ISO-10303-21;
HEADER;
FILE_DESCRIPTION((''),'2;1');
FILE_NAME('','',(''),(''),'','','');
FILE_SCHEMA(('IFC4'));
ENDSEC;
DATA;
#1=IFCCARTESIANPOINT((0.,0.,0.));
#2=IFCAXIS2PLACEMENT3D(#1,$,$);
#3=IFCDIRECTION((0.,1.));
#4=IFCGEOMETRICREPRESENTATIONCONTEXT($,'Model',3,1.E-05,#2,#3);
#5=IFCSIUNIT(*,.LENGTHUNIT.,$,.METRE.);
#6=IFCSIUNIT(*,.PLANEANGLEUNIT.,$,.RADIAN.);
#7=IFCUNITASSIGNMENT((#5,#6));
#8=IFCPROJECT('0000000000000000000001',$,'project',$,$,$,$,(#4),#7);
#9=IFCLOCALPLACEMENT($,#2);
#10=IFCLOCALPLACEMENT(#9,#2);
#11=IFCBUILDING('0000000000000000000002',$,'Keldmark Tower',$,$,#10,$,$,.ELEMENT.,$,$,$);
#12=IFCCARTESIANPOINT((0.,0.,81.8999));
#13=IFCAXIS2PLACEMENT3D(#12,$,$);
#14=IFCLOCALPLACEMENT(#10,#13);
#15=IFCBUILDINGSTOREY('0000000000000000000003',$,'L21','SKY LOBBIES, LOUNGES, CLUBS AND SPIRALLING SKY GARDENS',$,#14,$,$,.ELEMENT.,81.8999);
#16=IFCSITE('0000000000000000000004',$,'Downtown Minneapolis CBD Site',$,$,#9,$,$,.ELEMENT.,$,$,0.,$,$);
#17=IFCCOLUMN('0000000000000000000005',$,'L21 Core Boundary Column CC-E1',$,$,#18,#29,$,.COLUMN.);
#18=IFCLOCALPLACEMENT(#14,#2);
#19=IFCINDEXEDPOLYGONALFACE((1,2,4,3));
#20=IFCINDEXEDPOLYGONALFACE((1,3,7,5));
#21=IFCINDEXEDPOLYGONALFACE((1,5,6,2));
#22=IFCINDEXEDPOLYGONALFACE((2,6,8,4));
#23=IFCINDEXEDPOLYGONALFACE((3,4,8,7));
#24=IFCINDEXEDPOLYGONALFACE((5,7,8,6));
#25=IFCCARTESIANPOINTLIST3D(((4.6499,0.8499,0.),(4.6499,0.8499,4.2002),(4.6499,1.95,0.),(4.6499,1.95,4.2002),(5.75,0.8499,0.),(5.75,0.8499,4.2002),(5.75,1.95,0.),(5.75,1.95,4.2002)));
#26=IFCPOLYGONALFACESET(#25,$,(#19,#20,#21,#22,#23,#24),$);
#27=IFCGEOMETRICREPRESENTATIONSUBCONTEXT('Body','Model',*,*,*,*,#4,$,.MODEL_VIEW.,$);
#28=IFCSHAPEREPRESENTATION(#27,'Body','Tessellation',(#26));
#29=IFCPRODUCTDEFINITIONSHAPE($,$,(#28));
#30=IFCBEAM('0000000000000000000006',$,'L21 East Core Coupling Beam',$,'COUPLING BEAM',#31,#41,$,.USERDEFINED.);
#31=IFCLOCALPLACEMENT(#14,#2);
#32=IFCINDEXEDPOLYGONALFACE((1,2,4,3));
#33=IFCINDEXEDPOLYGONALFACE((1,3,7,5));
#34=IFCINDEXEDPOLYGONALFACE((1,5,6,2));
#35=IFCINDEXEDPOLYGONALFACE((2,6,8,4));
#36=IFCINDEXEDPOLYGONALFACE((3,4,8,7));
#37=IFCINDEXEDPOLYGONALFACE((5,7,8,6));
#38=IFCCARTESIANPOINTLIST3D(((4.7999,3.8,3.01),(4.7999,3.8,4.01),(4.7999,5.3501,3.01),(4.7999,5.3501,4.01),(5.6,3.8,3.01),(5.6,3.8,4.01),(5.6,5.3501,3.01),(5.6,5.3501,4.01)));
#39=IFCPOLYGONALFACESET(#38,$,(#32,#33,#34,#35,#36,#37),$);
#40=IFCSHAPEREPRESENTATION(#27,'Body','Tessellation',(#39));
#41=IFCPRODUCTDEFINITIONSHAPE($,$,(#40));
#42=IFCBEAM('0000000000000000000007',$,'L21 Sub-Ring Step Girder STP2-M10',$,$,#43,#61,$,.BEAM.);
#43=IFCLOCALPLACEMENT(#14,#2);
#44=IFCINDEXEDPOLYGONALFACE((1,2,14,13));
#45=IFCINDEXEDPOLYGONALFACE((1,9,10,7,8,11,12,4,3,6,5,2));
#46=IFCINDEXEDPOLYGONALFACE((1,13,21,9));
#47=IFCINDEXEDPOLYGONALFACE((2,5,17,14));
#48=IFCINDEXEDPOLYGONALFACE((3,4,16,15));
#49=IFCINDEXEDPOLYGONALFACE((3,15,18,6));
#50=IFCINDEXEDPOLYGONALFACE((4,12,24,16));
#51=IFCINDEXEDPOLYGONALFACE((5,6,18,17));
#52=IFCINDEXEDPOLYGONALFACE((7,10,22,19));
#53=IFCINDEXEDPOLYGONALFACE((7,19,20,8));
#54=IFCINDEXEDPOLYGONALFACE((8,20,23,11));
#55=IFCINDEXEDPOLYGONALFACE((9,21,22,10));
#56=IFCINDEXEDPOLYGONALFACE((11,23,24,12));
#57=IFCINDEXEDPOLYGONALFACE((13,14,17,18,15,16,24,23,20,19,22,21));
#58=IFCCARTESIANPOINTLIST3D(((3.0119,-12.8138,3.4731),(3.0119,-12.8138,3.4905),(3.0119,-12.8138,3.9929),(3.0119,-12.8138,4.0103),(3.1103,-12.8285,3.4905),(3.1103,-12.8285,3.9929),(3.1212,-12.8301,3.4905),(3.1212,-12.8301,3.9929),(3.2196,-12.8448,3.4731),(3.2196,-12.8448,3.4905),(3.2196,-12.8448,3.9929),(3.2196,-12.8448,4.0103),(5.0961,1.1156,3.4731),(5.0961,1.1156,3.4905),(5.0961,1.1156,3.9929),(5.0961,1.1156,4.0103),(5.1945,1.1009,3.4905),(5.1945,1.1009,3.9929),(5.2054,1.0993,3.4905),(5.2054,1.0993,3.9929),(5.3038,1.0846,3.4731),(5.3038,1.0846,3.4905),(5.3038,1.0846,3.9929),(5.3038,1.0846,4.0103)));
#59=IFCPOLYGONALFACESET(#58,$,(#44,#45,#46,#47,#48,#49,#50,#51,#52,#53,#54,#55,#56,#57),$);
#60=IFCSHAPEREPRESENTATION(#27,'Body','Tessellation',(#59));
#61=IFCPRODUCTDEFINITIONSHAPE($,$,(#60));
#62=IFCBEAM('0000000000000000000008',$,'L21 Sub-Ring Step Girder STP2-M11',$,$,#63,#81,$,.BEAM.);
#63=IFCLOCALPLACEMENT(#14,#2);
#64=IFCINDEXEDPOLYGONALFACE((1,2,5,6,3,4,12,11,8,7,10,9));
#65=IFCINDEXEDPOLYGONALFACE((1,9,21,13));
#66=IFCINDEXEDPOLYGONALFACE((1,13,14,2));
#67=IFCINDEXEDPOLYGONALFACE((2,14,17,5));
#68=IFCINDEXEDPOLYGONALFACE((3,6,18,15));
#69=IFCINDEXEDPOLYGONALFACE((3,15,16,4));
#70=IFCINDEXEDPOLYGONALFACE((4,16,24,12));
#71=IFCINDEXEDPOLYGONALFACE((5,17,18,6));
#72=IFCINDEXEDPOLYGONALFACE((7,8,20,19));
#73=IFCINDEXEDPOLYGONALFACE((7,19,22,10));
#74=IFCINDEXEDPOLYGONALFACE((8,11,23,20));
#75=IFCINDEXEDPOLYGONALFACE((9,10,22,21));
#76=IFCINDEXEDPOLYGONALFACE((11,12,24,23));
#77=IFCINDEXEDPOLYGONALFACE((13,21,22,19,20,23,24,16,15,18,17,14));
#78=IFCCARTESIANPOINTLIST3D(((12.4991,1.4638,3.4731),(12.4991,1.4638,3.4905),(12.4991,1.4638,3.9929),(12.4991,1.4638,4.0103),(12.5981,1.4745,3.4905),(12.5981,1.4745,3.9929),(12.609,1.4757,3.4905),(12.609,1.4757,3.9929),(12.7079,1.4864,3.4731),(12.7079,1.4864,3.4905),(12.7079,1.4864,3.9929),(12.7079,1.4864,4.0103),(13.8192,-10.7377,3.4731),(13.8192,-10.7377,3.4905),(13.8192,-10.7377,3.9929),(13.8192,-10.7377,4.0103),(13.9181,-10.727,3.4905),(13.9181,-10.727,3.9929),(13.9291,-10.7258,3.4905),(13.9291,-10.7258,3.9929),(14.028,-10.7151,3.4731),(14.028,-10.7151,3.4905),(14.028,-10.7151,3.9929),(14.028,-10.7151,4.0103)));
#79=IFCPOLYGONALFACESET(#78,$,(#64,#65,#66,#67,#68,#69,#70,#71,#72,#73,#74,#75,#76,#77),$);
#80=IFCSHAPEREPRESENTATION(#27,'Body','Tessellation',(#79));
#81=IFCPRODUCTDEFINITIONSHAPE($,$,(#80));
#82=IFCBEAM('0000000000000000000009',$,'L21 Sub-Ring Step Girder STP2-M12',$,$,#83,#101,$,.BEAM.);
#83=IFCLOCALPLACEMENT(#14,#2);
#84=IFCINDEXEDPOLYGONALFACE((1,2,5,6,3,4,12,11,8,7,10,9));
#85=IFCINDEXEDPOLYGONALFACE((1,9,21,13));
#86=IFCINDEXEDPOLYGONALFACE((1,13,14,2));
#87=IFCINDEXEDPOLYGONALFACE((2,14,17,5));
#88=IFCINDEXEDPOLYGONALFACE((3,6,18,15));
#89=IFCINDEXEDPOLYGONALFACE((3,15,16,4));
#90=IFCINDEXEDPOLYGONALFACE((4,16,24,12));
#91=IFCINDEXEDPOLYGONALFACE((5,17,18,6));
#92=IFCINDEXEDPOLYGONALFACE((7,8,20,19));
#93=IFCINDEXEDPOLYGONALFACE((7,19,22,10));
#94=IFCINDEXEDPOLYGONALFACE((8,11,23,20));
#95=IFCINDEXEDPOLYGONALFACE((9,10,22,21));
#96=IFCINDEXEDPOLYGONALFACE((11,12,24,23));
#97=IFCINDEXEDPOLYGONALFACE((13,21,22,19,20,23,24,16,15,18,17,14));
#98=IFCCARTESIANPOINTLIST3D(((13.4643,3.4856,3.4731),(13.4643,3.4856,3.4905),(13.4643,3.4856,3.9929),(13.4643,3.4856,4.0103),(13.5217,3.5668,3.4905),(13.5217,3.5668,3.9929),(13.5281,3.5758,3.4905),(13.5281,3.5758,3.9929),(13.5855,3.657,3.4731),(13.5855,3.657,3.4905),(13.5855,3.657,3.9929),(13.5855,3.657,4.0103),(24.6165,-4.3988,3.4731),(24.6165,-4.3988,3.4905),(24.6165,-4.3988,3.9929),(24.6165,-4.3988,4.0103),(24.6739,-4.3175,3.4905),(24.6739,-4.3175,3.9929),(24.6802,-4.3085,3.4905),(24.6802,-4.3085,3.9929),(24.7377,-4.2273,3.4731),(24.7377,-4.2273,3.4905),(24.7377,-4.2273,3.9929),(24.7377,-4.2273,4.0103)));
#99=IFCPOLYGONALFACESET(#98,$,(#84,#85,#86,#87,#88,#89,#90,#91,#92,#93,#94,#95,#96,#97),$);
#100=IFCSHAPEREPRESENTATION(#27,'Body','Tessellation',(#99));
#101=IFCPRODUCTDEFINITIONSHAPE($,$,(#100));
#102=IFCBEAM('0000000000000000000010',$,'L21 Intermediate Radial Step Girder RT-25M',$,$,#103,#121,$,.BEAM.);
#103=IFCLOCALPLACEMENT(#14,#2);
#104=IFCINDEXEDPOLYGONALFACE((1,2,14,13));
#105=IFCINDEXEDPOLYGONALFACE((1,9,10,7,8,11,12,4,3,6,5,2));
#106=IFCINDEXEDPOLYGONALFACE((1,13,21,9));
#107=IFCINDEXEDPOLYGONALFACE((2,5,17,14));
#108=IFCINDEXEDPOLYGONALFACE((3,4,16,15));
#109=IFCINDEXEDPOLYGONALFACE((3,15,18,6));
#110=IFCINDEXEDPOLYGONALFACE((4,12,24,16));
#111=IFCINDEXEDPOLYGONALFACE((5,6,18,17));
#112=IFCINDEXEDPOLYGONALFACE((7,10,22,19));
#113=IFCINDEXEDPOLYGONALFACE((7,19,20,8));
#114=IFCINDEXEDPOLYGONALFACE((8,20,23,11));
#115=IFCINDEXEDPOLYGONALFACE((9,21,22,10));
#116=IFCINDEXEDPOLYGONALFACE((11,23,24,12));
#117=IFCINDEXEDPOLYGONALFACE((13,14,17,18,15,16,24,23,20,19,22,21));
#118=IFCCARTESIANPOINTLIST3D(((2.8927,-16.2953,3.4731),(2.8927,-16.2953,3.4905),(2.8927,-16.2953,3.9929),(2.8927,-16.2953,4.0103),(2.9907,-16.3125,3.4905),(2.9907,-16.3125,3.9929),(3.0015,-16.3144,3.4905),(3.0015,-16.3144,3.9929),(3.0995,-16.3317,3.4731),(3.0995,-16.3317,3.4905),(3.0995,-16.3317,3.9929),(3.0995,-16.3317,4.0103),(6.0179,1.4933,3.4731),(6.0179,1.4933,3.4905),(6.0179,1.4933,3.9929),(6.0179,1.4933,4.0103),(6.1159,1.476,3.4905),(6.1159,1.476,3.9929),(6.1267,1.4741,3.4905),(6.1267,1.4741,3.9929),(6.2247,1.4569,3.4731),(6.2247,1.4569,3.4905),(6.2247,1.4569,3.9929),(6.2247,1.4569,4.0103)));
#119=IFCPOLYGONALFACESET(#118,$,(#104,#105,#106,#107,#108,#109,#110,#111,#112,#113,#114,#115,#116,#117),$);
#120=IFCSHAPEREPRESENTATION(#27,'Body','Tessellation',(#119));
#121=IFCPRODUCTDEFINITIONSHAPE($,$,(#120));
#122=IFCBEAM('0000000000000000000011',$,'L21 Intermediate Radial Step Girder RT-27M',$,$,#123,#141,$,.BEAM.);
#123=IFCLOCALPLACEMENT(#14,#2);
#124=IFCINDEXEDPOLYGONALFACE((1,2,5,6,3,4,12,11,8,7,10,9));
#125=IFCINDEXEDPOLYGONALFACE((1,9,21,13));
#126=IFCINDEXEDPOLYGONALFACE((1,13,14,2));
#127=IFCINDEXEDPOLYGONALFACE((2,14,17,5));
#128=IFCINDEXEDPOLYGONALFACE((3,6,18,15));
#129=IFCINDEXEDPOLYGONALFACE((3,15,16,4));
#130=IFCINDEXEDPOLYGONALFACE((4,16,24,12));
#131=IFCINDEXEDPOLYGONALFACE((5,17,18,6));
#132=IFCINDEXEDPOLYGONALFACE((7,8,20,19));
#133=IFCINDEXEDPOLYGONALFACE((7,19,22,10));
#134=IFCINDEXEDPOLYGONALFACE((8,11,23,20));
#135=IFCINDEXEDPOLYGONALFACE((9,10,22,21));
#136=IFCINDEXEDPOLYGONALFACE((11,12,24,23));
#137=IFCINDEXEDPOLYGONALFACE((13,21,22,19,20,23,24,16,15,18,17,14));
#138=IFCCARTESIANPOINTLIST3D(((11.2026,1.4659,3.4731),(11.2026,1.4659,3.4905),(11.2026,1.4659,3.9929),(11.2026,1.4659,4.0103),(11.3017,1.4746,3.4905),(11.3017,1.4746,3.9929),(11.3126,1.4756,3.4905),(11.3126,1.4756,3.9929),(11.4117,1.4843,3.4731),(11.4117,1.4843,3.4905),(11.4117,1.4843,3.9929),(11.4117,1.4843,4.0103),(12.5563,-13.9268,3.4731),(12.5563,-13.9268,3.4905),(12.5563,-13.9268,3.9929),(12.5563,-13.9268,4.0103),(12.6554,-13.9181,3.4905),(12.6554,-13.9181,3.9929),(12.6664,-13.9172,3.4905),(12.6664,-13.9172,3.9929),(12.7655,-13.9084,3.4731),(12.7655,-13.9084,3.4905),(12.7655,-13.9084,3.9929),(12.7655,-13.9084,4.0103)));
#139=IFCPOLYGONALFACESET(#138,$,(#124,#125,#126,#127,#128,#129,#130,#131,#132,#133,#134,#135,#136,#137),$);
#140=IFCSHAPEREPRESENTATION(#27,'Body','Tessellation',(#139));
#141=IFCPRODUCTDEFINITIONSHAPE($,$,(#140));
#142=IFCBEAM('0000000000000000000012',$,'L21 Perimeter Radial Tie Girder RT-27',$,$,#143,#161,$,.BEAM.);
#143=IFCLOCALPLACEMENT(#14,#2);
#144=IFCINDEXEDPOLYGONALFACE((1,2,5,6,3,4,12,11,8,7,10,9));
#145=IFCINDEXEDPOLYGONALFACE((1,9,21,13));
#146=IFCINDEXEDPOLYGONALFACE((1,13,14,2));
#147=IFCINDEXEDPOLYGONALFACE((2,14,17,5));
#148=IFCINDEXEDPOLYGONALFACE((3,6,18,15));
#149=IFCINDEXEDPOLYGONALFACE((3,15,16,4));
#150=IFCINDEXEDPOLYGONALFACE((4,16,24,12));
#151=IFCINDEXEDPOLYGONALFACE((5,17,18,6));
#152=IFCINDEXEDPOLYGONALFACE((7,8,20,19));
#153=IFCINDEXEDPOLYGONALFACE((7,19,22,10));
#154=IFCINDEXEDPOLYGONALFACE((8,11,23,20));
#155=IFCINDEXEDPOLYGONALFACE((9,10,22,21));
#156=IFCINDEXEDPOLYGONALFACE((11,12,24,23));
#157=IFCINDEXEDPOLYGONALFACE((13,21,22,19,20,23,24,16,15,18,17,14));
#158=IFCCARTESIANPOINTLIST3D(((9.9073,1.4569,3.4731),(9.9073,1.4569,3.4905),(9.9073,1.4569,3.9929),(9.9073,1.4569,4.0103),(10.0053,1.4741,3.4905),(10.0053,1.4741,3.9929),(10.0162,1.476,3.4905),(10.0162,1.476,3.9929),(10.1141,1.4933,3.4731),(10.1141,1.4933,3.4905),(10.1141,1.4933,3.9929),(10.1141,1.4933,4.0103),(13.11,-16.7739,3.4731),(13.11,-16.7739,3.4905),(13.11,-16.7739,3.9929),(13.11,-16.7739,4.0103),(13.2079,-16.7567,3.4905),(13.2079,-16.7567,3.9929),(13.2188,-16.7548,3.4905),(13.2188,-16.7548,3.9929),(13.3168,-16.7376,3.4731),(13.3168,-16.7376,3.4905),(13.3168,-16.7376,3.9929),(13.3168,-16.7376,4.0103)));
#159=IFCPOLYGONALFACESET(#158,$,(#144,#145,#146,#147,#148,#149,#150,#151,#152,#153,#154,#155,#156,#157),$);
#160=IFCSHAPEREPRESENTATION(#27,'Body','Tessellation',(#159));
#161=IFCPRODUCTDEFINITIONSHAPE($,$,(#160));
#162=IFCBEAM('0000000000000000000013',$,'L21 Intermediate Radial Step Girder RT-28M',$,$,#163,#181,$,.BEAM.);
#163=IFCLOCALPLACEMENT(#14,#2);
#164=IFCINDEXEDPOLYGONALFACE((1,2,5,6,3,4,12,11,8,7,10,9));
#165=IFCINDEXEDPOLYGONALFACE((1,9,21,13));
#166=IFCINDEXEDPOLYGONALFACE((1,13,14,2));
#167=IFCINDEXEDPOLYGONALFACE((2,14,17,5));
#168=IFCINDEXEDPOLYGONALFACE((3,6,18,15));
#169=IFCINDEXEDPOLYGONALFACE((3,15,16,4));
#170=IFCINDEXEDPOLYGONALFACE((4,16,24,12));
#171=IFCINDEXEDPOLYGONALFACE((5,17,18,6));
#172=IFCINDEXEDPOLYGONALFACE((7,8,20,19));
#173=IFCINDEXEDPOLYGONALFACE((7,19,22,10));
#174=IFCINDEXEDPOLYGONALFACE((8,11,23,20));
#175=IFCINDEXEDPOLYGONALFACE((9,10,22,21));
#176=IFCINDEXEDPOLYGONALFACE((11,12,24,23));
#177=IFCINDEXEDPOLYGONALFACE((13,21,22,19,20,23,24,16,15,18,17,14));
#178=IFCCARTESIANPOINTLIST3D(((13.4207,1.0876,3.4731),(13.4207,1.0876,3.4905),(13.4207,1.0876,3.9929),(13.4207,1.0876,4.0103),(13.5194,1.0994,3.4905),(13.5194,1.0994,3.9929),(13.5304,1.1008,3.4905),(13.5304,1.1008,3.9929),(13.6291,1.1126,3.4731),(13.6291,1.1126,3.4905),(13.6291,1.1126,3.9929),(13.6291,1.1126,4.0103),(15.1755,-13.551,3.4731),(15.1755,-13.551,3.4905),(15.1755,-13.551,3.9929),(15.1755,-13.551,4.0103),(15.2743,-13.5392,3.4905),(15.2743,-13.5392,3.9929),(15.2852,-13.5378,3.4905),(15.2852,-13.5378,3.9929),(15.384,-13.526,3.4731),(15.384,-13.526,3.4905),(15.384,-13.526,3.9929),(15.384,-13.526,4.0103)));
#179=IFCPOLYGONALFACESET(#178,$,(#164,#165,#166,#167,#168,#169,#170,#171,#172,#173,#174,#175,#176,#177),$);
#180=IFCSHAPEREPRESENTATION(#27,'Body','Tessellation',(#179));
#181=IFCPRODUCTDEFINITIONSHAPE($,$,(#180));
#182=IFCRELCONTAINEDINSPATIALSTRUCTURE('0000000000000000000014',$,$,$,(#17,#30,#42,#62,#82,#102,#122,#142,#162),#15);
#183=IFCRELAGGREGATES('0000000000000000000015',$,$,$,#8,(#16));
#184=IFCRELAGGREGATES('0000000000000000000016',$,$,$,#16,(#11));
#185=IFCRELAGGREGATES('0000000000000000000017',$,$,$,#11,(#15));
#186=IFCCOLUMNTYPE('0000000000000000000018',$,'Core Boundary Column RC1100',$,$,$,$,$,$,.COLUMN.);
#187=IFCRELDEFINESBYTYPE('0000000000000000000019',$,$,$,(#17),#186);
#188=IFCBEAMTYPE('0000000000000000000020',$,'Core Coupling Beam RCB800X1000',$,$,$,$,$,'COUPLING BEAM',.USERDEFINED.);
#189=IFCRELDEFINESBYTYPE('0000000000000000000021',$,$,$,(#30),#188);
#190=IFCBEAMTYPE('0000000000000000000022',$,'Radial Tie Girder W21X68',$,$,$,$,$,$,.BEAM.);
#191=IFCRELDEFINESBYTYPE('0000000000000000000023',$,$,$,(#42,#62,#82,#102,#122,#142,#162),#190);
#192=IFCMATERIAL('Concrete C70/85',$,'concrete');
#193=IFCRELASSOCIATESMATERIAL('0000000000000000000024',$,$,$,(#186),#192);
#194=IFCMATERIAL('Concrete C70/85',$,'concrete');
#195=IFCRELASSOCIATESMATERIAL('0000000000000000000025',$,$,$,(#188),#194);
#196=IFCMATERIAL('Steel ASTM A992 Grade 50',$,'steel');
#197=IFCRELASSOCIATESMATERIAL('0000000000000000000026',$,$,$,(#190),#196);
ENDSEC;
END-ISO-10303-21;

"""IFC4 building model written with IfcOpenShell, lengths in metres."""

from ifc_helpers import new_model, si_unit, direction, frame, origin, origin_2d, place, context, subcontext, project, spatial, rectangle, i_section, extrude, material, material_profile, profile_set, type_object, element, save


model = new_model("IFC4")

# Units and contexts
model_context = context("Model", 3, precision=1e-05, world=origin(), true_north=direction((0.0, 1.0)))
body_context = subcontext(model_context, "Body", "Model", "MODEL_VIEW")
ifc_project = project(units=[si_unit("LENGTHUNIT", "METRE"), si_unit("PLANEANGLEUNIT", "RADIAN")], contexts=[model_context])

# Site, building, storey
site_placement = place(None, origin())
site = spatial("IfcSite", under=ifc_project, at=site_placement, Name="Downtown Minneapolis CBD Site", CompositionType="ELEMENT", RefElevation=0.0)
building_placement = place(site_placement, origin())
building = spatial("IfcBuilding", under=site, at=building_placement, Name="Keldmark Tower", CompositionType="ELEMENT")
storey_placement = place(building_placement, frame((0.0, 0.0, 81.8999)))
storey = spatial("IfcBuildingStorey", under=building, at=storey_placement, Name="L21", Description="SKY LOBBIES, LOUNGES, CLUBS AND SPIRALLING SKY GARDENS", CompositionType="ELEMENT", Elevation=81.8999)

# Column
ifc_material_1 = material(Name="Concrete C70/85", Category="concrete")
ifc_material_profile_1 = material_profile(ifc_material_1, rectangle(XDim=1.1001, YDim=1.1001, at=origin_2d()), Name="RC1100X1100")
ifc_profile_set_1 = profile_set([ifc_material_profile_1], Name="Concrete C70/85")
column_type = type_object("IfcColumnType", Name="Core Boundary Column RC1100", PredefinedType="COLUMN", material=ifc_profile_set_1)
column_placement = place(storey_placement, frame((5.2, 1.3999, 0.0), z_axis=(0.0, 0.0, 1.0), x_axis=(1.0, 0.0, 0.0)))
element("IfcColumn", 1, at=column_placement, inside=storey, type_object=column_type, Name="L21 Core Boundary Column CC-E1", PredefinedType="COLUMN", context=body_context, shape_type="SweptSolid", body=[
    extrude(rectangle(XDim=1.1001, YDim=1.1001, at=origin_2d()), origin(), (0.0, 0.0, 1.0), 4.2002),
])

# Beams
ifc_material_2 = material(Name="Concrete C70/85", Category="concrete")
ifc_material_profile_2 = material_profile(ifc_material_2, rectangle(XDim=0.8, YDim=1.0, at=origin_2d()), Name="RCB800X1000")
ifc_profile_set_2 = profile_set([ifc_material_profile_2], Name="Concrete C70/85")
beam_type_1 = type_object("IfcBeamType", Name="Core Coupling Beam RCB800X1000", ElementType="COUPLING BEAM", PredefinedType="USERDEFINED", material=ifc_profile_set_2)
beam_1_placement = place(storey_placement, frame((5.2, 3.8, 3.51), z_axis=(0.0, 1.0, 0.0), x_axis=(-1.0, 0.0, 0.0)))
element("IfcBeam", 2, at=beam_1_placement, inside=storey, type_object=beam_type_1, Name="L21 East Core Coupling Beam", ObjectType="COUPLING BEAM", PredefinedType="USERDEFINED", context=body_context, shape_type="SweptSolid", body=[
    extrude(rectangle(XDim=0.8, YDim=1.0, at=origin_2d()), origin(), (0.0, 0.0, 1.0), 1.55),
])
ifc_material_3 = material(Name="Steel ASTM A992 Grade 50", Category="steel")
ifc_material_profile_3 = material_profile(ifc_material_3, i_section(OverallWidth=0.21, OverallDepth=0.5371, WebThickness=0.011, FlangeThickness=0.0173, at=origin_2d()), Name="W21X68")
ifc_profile_set_3 = profile_set([ifc_material_profile_3], Name="Steel ASTM A992 Grade 50")
beam_type_2 = type_object("IfcBeamType", Name="Radial Tie Girder W21X68", PredefinedType="BEAM", material=ifc_profile_set_3)
beam_2_placement = place(storey_placement, frame((5.2, 1.1001, 3.7417), z_axis=(-0.14798, -0.98899, 0.0), x_axis=(0.98899, -0.14798, 0.0)))
element("IfcBeam", 3, at=beam_2_placement, inside=storey, type_object=beam_type_2, Name="L21 Sub-Ring Step Girder STP2-M10", PredefinedType="BEAM", context=body_context, shape_type="SweptSolid", body=[
    extrude(i_section(OverallWidth=0.21, OverallDepth=0.5371, WebThickness=0.011, FlangeThickness=0.0173, at=origin_2d()), origin(), (0.0, 0.0, 1.0), 14.0845),
])
beam_3_placement = place(storey_placement, frame((12.6035, 1.4751, 3.7417), z_axis=(0.107562, -0.994198, 0.0), x_axis=(0.994198, 0.107562, 0.0)))
element("IfcBeam", 4, at=beam_3_placement, inside=storey, type_object=beam_type_2, Name="L21 Sub-Ring Step Girder STP2-M11", PredefinedType="BEAM", context=body_context, shape_type="SweptSolid", body=[
    extrude(i_section(OverallWidth=0.21, OverallDepth=0.5371, WebThickness=0.011, FlangeThickness=0.0173, at=origin_2d()), origin(), (0.0, 0.0, 1.0), 12.2727),
])
beam_4_placement = place(storey_placement, frame((13.5249, 3.5713, 3.7417), z_axis=(0.816547, -0.57728, 0.0), x_axis=(0.57728, 0.816547, 0.0)))
element("IfcBeam", 5, at=beam_4_placement, inside=storey, type_object=beam_type_2, Name="L21 Sub-Ring Step Girder STP2-M12", PredefinedType="BEAM", context=body_context, shape_type="SweptSolid", body=[
    extrude(i_section(OverallWidth=0.21, OverallDepth=0.5371, WebThickness=0.011, FlangeThickness=0.0173, at=origin_2d()), origin(), (0.0, 0.0, 1.0), 13.6577),
])
beam_5_placement = place(storey_placement, frame((6.1213, 1.4751, 3.7417), z_axis=(-0.173038, -0.984915, 0.0), x_axis=(0.984915, -0.173038, 0.0)))
element("IfcBeam", 6, at=beam_5_placement, inside=storey, type_object=beam_type_2, Name="L21 Intermediate Radial Step Girder RT-25M", PredefinedType="BEAM", context=body_context, shape_type="SweptSolid", body=[
    extrude(i_section(OverallWidth=0.21, OverallDepth=0.5371, WebThickness=0.011, FlangeThickness=0.0173, at=origin_2d()), origin(), (0.0, 0.0, 1.0), 18.061),
])
beam_6_placement = place(storey_placement, frame((11.3071, 1.4751, 3.7417), z_axis=(0.087609, -0.996155, 0.0), x_axis=(0.996155, 0.087609, 0.0)))
element("IfcBeam", 7, at=beam_6_placement, inside=storey, type_object=beam_type_2, Name="L21 Intermediate Radial Step Girder RT-27M", PredefinedType="BEAM", context=body_context, shape_type="SweptSolid", body=[
    extrude(i_section(OverallWidth=0.21, OverallDepth=0.5371, WebThickness=0.011, FlangeThickness=0.0173, at=origin_2d()), origin(), (0.0, 0.0, 1.0), 15.4521),
])
beam_7_placement = place(storey_placement, frame((10.0107, 1.4751, 3.7417), z_axis=(0.173021, -0.984918, 0.0), x_axis=(0.984918, 0.173021, 0.0)))
element("IfcBeam", 8, at=beam_7_placement, inside=storey, type_object=beam_type_2, Name="L21 Perimeter Radial Tie Girder RT-27", PredefinedType="BEAM", context=body_context, shape_type="SweptSolid", body=[
    extrude(i_section(OverallWidth=0.21, OverallDepth=0.5371, WebThickness=0.011, FlangeThickness=0.0173, at=origin_2d()), origin(), (0.0, 0.0, 1.0), 18.51),
])
beam_8_placement = place(storey_placement, frame((13.5249, 1.1001, 3.7417), z_axis=(0.119028, -0.992891, 0.0), x_axis=(0.992891, 0.119028, 0.0)))
element("IfcBeam", 9, at=beam_8_placement, inside=storey, type_object=beam_type_2, Name="L21 Intermediate Radial Step Girder RT-28M", PredefinedType="BEAM", context=body_context, shape_type="SweptSolid", body=[
    extrude(i_section(OverallWidth=0.21, OverallDepth=0.5371, WebThickness=0.011, FlangeThickness=0.0173, at=origin_2d()), origin(), (0.0, 0.0, 1.0), 14.7434),
])

save(model, "model.ifc")
